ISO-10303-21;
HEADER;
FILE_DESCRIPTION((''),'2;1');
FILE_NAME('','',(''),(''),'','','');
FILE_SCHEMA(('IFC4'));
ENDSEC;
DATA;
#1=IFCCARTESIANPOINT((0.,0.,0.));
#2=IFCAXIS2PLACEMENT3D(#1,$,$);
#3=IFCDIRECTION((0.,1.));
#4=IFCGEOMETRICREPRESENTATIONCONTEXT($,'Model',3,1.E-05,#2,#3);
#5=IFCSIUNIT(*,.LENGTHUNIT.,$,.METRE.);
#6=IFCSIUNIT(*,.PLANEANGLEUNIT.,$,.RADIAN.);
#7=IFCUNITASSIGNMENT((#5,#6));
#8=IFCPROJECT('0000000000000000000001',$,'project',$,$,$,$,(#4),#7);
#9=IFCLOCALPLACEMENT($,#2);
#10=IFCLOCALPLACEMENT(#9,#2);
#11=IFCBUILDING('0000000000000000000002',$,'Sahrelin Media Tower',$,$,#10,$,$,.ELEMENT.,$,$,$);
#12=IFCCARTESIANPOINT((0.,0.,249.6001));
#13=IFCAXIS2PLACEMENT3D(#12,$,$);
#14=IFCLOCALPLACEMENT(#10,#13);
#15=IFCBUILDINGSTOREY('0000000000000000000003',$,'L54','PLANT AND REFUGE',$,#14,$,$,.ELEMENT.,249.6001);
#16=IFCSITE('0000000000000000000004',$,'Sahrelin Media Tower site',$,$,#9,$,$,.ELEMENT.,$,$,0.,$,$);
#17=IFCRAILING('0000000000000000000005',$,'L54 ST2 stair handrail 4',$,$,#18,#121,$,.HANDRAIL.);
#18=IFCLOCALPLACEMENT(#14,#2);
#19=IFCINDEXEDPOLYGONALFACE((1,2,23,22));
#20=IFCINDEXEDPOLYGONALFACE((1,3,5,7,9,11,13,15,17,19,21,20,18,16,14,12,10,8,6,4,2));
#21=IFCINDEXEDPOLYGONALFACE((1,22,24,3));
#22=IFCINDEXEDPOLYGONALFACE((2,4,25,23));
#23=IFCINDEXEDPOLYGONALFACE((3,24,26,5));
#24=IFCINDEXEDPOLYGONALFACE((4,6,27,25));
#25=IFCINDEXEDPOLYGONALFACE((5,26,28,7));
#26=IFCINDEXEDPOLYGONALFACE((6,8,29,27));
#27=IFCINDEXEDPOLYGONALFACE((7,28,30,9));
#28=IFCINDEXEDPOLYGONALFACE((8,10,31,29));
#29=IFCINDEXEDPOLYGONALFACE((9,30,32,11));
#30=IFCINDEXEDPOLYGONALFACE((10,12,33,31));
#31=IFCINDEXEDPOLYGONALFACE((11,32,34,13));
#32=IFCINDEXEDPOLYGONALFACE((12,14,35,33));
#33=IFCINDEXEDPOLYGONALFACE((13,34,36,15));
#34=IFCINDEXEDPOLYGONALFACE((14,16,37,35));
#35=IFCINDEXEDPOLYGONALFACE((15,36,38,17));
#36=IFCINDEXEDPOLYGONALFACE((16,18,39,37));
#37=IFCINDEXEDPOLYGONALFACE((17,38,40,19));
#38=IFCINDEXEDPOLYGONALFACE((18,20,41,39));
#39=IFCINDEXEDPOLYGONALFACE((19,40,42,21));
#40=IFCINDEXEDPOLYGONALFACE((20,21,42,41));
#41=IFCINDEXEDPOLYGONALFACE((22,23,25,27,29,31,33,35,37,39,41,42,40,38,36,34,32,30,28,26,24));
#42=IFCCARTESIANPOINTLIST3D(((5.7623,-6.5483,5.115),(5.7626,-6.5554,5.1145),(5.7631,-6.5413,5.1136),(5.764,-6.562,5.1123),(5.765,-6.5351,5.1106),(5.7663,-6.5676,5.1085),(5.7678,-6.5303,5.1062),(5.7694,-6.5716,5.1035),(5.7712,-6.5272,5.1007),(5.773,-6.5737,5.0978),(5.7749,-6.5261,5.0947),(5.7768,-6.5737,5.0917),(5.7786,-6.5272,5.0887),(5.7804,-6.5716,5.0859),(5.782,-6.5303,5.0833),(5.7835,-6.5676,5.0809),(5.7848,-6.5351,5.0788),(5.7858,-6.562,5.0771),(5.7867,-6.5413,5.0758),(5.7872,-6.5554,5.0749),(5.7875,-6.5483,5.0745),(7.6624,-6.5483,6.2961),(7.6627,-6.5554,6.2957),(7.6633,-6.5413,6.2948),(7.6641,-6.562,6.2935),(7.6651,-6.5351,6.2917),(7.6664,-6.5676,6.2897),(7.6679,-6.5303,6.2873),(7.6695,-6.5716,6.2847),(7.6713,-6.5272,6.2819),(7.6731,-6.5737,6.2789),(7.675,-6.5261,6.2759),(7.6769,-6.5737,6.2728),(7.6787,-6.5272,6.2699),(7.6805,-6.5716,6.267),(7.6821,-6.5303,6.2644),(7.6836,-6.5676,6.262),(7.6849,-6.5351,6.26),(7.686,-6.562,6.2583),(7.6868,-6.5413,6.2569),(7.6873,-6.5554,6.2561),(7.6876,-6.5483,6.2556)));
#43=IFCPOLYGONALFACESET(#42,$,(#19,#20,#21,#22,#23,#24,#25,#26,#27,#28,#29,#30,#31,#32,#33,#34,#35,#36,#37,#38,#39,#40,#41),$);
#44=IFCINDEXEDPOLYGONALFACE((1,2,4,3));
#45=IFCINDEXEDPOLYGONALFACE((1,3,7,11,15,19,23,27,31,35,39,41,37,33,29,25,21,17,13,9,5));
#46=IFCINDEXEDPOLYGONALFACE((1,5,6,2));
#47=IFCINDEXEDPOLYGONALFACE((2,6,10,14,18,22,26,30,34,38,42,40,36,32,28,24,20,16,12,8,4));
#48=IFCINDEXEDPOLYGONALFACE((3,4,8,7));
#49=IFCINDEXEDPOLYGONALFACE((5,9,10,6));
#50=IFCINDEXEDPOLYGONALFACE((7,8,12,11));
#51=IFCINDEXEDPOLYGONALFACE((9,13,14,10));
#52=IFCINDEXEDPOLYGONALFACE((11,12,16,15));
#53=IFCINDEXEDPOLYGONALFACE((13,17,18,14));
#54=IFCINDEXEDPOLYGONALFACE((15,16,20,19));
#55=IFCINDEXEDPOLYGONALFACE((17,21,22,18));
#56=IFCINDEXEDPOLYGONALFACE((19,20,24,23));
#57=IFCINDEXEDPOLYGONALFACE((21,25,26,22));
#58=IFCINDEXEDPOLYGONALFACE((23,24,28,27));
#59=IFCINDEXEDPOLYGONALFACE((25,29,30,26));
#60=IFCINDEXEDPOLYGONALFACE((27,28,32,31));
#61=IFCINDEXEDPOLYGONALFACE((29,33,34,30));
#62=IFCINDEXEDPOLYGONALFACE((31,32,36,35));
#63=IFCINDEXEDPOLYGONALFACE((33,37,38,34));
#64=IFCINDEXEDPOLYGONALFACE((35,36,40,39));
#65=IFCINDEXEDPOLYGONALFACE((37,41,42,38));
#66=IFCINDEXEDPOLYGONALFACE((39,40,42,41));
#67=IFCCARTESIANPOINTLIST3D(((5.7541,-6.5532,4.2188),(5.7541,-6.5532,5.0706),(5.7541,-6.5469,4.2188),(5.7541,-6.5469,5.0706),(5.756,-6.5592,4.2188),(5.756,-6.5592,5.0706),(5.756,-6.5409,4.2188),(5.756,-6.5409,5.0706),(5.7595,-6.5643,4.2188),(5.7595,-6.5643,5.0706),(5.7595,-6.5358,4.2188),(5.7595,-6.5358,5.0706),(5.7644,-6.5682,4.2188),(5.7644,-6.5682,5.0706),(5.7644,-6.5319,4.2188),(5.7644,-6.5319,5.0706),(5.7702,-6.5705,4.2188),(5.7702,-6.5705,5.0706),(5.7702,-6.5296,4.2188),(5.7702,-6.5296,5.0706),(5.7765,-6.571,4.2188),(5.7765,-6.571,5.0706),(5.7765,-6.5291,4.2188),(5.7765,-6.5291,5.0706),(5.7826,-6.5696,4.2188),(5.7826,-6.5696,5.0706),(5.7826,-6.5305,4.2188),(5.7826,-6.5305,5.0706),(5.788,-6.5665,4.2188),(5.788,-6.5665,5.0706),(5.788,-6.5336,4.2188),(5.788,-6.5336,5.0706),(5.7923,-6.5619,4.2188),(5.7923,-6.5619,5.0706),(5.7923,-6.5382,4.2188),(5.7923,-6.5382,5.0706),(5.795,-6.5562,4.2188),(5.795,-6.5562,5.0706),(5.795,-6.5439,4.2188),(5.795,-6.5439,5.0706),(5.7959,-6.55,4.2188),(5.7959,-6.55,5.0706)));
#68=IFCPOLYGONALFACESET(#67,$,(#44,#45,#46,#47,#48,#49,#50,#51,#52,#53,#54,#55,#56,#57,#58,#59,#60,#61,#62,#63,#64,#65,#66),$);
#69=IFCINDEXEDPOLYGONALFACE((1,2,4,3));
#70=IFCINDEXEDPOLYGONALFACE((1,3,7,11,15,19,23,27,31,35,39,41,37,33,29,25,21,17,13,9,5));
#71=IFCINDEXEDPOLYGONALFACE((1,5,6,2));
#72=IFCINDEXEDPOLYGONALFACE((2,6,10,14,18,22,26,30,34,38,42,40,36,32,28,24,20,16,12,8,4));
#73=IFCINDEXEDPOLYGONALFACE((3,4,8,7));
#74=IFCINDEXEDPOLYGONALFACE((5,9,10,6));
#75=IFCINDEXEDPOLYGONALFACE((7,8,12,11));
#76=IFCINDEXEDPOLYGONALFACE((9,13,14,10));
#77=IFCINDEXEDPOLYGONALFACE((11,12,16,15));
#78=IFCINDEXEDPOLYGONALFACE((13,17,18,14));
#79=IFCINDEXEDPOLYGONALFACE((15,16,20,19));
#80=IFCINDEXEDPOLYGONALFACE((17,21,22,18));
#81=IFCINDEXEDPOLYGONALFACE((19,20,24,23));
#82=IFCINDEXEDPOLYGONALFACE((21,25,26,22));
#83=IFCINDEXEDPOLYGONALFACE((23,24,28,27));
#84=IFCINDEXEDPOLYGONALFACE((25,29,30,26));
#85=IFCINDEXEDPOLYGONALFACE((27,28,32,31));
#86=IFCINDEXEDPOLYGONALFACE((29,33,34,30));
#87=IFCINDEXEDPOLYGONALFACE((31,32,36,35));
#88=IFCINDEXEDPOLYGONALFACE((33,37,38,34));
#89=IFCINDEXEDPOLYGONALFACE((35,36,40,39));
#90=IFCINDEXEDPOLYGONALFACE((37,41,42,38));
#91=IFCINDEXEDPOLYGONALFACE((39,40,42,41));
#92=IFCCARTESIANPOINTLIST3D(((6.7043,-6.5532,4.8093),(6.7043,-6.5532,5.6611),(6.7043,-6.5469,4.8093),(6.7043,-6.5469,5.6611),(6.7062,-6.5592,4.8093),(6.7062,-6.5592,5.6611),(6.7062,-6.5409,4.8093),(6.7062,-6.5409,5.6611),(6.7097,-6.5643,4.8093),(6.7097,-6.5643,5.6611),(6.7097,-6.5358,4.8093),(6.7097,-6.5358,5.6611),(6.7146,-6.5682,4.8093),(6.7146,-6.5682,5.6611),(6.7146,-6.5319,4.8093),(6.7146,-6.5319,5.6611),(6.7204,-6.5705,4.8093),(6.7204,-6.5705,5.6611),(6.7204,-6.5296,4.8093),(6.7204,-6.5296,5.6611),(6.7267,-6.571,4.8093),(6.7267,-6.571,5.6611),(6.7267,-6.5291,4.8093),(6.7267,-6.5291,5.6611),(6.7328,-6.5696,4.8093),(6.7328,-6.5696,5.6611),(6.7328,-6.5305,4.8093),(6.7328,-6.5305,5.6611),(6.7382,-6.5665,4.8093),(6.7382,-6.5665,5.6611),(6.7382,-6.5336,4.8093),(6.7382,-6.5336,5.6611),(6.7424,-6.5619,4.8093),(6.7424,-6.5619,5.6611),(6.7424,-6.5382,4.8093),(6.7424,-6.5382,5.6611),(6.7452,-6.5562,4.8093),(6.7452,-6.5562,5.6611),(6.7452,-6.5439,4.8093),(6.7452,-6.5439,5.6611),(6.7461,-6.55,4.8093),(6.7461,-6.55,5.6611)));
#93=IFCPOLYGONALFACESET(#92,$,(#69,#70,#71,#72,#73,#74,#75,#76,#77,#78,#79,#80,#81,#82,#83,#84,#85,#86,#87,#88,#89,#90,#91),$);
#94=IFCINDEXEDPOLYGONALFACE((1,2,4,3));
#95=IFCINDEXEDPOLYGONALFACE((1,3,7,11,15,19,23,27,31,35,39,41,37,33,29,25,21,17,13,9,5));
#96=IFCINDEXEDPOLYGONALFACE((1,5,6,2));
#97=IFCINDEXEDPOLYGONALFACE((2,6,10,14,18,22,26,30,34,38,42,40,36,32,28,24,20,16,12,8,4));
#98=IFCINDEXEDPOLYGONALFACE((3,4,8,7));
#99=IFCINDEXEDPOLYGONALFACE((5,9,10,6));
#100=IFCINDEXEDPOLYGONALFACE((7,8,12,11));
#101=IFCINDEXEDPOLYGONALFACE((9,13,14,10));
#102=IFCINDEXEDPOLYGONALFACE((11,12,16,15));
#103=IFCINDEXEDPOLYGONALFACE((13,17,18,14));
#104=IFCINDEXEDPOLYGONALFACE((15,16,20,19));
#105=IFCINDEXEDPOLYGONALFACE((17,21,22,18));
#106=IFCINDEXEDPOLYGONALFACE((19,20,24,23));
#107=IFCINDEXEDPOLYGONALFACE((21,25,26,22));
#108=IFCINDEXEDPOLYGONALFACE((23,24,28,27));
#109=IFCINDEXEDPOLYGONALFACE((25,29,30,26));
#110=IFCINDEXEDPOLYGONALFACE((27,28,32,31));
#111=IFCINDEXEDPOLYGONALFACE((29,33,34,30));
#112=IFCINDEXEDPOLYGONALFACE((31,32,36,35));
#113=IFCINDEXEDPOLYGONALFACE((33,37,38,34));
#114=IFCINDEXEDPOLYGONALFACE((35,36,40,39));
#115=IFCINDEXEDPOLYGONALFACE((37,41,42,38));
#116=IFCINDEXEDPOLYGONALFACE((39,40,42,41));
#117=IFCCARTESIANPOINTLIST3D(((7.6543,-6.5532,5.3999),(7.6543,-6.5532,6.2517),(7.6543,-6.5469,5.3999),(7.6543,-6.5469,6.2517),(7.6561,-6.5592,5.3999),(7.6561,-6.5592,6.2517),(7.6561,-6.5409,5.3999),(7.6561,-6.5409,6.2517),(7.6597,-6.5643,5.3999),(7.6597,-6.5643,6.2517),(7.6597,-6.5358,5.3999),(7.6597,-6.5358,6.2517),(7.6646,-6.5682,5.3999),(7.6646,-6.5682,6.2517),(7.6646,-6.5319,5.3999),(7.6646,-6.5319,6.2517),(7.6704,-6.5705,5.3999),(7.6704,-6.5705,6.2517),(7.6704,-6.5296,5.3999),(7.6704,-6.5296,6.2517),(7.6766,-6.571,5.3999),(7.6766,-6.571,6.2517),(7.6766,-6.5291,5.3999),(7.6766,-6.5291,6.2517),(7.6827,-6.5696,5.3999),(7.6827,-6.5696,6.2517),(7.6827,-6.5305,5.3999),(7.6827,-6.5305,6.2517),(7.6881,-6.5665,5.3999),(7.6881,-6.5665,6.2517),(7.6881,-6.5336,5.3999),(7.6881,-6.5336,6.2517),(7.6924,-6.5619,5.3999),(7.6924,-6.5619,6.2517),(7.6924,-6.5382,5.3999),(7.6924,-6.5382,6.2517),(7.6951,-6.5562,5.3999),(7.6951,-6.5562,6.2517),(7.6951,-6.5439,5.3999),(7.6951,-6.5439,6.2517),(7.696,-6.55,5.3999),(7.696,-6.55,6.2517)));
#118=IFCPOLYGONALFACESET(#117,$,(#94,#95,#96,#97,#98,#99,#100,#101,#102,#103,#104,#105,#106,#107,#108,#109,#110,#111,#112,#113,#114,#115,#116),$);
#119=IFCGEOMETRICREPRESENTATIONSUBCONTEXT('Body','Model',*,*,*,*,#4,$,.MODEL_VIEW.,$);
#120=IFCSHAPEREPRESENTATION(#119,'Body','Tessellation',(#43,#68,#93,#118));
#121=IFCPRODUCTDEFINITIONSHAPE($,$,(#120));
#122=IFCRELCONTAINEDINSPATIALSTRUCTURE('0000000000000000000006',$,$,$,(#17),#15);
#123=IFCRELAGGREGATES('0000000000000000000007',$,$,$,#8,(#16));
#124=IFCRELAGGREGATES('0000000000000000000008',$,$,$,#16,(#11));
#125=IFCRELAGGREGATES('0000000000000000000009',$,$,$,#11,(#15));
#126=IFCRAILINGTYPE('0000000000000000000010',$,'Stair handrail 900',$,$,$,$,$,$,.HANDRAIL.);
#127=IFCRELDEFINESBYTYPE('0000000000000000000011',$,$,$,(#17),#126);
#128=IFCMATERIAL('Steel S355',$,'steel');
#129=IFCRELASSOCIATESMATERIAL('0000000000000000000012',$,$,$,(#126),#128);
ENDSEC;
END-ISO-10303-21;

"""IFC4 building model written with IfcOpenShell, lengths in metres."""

from ifc_helpers import new_model, si_unit, direction, frame, origin, origin_2d, place, context, subcontext, project, spatial, circle, extrude, material, type_object, element, save


model = new_model("IFC4")

# Units and contexts
model_context = context("Model", 3, precision=1e-05, world=origin(), true_north=direction((0.0, 1.0)))
body_context = subcontext(model_context, "Body", "Model", "MODEL_VIEW")
ifc_project = project(units=[si_unit("LENGTHUNIT", "METRE"), si_unit("PLANEANGLEUNIT", "RADIAN")], contexts=[model_context])

# Site, building, storey
site_placement = place(None, origin())
site = spatial("IfcSite", under=ifc_project, at=site_placement, Name="Sahrelin Media Tower site", CompositionType="ELEMENT", RefElevation=0.0)
building_placement = place(site_placement, origin())
building = spatial("IfcBuilding", under=site, at=building_placement, Name="Sahrelin Media Tower", CompositionType="ELEMENT")
storey_placement = place(building_placement, frame((0.0, 0.0, 249.6001)))
storey = spatial("IfcBuildingStorey", under=building, at=storey_placement, Name="L54", Description="PLANT AND REFUGE", CompositionType="ELEMENT", Elevation=249.6001)

# Shared definitions
ifc_material_1 = material(Name="Steel S355", Category="steel")

# Railing
railing_type_1 = type_object("IfcRailingType", Name="Stair handrail 900", PredefinedType="HANDRAIL", material=ifc_material_1)
railing_1_placement = place(storey_placement, frame((5.7749, -6.55, 4.2188)))
element("IfcRailing", 1, at=railing_1_placement, inside=storey, type_object=railing_type_1, Name="L54 ST2 stair handrail 4", PredefinedType="HANDRAIL", context=body_context, shape_type="SweptSolid", body=[
    extrude(circle(Radius=0.0239, at=origin_2d()), frame((0.0, 0.0, 0.876), z_axis=(0.849289, 0.0, 0.527928), x_axis=(0.0, 1.0, 0.0)), (0.0, 0.0, 1.0), 2.2373),
    extrude(circle(Radius=0.021, at=origin_2d()), origin(), (0.0, 0.0, 1.0), 0.8518),
    extrude(circle(Radius=0.021, at=origin_2d()), frame((0.9502, 0.0, 0.5906)), (0.0, 0.0, 1.0), 0.8518),
    extrude(circle(Radius=0.021, at=origin_2d()), frame((1.9001, 0.0, 1.1812)), (0.0, 0.0, 1.0), 0.8518),
])

save(model, "model.ifc")
